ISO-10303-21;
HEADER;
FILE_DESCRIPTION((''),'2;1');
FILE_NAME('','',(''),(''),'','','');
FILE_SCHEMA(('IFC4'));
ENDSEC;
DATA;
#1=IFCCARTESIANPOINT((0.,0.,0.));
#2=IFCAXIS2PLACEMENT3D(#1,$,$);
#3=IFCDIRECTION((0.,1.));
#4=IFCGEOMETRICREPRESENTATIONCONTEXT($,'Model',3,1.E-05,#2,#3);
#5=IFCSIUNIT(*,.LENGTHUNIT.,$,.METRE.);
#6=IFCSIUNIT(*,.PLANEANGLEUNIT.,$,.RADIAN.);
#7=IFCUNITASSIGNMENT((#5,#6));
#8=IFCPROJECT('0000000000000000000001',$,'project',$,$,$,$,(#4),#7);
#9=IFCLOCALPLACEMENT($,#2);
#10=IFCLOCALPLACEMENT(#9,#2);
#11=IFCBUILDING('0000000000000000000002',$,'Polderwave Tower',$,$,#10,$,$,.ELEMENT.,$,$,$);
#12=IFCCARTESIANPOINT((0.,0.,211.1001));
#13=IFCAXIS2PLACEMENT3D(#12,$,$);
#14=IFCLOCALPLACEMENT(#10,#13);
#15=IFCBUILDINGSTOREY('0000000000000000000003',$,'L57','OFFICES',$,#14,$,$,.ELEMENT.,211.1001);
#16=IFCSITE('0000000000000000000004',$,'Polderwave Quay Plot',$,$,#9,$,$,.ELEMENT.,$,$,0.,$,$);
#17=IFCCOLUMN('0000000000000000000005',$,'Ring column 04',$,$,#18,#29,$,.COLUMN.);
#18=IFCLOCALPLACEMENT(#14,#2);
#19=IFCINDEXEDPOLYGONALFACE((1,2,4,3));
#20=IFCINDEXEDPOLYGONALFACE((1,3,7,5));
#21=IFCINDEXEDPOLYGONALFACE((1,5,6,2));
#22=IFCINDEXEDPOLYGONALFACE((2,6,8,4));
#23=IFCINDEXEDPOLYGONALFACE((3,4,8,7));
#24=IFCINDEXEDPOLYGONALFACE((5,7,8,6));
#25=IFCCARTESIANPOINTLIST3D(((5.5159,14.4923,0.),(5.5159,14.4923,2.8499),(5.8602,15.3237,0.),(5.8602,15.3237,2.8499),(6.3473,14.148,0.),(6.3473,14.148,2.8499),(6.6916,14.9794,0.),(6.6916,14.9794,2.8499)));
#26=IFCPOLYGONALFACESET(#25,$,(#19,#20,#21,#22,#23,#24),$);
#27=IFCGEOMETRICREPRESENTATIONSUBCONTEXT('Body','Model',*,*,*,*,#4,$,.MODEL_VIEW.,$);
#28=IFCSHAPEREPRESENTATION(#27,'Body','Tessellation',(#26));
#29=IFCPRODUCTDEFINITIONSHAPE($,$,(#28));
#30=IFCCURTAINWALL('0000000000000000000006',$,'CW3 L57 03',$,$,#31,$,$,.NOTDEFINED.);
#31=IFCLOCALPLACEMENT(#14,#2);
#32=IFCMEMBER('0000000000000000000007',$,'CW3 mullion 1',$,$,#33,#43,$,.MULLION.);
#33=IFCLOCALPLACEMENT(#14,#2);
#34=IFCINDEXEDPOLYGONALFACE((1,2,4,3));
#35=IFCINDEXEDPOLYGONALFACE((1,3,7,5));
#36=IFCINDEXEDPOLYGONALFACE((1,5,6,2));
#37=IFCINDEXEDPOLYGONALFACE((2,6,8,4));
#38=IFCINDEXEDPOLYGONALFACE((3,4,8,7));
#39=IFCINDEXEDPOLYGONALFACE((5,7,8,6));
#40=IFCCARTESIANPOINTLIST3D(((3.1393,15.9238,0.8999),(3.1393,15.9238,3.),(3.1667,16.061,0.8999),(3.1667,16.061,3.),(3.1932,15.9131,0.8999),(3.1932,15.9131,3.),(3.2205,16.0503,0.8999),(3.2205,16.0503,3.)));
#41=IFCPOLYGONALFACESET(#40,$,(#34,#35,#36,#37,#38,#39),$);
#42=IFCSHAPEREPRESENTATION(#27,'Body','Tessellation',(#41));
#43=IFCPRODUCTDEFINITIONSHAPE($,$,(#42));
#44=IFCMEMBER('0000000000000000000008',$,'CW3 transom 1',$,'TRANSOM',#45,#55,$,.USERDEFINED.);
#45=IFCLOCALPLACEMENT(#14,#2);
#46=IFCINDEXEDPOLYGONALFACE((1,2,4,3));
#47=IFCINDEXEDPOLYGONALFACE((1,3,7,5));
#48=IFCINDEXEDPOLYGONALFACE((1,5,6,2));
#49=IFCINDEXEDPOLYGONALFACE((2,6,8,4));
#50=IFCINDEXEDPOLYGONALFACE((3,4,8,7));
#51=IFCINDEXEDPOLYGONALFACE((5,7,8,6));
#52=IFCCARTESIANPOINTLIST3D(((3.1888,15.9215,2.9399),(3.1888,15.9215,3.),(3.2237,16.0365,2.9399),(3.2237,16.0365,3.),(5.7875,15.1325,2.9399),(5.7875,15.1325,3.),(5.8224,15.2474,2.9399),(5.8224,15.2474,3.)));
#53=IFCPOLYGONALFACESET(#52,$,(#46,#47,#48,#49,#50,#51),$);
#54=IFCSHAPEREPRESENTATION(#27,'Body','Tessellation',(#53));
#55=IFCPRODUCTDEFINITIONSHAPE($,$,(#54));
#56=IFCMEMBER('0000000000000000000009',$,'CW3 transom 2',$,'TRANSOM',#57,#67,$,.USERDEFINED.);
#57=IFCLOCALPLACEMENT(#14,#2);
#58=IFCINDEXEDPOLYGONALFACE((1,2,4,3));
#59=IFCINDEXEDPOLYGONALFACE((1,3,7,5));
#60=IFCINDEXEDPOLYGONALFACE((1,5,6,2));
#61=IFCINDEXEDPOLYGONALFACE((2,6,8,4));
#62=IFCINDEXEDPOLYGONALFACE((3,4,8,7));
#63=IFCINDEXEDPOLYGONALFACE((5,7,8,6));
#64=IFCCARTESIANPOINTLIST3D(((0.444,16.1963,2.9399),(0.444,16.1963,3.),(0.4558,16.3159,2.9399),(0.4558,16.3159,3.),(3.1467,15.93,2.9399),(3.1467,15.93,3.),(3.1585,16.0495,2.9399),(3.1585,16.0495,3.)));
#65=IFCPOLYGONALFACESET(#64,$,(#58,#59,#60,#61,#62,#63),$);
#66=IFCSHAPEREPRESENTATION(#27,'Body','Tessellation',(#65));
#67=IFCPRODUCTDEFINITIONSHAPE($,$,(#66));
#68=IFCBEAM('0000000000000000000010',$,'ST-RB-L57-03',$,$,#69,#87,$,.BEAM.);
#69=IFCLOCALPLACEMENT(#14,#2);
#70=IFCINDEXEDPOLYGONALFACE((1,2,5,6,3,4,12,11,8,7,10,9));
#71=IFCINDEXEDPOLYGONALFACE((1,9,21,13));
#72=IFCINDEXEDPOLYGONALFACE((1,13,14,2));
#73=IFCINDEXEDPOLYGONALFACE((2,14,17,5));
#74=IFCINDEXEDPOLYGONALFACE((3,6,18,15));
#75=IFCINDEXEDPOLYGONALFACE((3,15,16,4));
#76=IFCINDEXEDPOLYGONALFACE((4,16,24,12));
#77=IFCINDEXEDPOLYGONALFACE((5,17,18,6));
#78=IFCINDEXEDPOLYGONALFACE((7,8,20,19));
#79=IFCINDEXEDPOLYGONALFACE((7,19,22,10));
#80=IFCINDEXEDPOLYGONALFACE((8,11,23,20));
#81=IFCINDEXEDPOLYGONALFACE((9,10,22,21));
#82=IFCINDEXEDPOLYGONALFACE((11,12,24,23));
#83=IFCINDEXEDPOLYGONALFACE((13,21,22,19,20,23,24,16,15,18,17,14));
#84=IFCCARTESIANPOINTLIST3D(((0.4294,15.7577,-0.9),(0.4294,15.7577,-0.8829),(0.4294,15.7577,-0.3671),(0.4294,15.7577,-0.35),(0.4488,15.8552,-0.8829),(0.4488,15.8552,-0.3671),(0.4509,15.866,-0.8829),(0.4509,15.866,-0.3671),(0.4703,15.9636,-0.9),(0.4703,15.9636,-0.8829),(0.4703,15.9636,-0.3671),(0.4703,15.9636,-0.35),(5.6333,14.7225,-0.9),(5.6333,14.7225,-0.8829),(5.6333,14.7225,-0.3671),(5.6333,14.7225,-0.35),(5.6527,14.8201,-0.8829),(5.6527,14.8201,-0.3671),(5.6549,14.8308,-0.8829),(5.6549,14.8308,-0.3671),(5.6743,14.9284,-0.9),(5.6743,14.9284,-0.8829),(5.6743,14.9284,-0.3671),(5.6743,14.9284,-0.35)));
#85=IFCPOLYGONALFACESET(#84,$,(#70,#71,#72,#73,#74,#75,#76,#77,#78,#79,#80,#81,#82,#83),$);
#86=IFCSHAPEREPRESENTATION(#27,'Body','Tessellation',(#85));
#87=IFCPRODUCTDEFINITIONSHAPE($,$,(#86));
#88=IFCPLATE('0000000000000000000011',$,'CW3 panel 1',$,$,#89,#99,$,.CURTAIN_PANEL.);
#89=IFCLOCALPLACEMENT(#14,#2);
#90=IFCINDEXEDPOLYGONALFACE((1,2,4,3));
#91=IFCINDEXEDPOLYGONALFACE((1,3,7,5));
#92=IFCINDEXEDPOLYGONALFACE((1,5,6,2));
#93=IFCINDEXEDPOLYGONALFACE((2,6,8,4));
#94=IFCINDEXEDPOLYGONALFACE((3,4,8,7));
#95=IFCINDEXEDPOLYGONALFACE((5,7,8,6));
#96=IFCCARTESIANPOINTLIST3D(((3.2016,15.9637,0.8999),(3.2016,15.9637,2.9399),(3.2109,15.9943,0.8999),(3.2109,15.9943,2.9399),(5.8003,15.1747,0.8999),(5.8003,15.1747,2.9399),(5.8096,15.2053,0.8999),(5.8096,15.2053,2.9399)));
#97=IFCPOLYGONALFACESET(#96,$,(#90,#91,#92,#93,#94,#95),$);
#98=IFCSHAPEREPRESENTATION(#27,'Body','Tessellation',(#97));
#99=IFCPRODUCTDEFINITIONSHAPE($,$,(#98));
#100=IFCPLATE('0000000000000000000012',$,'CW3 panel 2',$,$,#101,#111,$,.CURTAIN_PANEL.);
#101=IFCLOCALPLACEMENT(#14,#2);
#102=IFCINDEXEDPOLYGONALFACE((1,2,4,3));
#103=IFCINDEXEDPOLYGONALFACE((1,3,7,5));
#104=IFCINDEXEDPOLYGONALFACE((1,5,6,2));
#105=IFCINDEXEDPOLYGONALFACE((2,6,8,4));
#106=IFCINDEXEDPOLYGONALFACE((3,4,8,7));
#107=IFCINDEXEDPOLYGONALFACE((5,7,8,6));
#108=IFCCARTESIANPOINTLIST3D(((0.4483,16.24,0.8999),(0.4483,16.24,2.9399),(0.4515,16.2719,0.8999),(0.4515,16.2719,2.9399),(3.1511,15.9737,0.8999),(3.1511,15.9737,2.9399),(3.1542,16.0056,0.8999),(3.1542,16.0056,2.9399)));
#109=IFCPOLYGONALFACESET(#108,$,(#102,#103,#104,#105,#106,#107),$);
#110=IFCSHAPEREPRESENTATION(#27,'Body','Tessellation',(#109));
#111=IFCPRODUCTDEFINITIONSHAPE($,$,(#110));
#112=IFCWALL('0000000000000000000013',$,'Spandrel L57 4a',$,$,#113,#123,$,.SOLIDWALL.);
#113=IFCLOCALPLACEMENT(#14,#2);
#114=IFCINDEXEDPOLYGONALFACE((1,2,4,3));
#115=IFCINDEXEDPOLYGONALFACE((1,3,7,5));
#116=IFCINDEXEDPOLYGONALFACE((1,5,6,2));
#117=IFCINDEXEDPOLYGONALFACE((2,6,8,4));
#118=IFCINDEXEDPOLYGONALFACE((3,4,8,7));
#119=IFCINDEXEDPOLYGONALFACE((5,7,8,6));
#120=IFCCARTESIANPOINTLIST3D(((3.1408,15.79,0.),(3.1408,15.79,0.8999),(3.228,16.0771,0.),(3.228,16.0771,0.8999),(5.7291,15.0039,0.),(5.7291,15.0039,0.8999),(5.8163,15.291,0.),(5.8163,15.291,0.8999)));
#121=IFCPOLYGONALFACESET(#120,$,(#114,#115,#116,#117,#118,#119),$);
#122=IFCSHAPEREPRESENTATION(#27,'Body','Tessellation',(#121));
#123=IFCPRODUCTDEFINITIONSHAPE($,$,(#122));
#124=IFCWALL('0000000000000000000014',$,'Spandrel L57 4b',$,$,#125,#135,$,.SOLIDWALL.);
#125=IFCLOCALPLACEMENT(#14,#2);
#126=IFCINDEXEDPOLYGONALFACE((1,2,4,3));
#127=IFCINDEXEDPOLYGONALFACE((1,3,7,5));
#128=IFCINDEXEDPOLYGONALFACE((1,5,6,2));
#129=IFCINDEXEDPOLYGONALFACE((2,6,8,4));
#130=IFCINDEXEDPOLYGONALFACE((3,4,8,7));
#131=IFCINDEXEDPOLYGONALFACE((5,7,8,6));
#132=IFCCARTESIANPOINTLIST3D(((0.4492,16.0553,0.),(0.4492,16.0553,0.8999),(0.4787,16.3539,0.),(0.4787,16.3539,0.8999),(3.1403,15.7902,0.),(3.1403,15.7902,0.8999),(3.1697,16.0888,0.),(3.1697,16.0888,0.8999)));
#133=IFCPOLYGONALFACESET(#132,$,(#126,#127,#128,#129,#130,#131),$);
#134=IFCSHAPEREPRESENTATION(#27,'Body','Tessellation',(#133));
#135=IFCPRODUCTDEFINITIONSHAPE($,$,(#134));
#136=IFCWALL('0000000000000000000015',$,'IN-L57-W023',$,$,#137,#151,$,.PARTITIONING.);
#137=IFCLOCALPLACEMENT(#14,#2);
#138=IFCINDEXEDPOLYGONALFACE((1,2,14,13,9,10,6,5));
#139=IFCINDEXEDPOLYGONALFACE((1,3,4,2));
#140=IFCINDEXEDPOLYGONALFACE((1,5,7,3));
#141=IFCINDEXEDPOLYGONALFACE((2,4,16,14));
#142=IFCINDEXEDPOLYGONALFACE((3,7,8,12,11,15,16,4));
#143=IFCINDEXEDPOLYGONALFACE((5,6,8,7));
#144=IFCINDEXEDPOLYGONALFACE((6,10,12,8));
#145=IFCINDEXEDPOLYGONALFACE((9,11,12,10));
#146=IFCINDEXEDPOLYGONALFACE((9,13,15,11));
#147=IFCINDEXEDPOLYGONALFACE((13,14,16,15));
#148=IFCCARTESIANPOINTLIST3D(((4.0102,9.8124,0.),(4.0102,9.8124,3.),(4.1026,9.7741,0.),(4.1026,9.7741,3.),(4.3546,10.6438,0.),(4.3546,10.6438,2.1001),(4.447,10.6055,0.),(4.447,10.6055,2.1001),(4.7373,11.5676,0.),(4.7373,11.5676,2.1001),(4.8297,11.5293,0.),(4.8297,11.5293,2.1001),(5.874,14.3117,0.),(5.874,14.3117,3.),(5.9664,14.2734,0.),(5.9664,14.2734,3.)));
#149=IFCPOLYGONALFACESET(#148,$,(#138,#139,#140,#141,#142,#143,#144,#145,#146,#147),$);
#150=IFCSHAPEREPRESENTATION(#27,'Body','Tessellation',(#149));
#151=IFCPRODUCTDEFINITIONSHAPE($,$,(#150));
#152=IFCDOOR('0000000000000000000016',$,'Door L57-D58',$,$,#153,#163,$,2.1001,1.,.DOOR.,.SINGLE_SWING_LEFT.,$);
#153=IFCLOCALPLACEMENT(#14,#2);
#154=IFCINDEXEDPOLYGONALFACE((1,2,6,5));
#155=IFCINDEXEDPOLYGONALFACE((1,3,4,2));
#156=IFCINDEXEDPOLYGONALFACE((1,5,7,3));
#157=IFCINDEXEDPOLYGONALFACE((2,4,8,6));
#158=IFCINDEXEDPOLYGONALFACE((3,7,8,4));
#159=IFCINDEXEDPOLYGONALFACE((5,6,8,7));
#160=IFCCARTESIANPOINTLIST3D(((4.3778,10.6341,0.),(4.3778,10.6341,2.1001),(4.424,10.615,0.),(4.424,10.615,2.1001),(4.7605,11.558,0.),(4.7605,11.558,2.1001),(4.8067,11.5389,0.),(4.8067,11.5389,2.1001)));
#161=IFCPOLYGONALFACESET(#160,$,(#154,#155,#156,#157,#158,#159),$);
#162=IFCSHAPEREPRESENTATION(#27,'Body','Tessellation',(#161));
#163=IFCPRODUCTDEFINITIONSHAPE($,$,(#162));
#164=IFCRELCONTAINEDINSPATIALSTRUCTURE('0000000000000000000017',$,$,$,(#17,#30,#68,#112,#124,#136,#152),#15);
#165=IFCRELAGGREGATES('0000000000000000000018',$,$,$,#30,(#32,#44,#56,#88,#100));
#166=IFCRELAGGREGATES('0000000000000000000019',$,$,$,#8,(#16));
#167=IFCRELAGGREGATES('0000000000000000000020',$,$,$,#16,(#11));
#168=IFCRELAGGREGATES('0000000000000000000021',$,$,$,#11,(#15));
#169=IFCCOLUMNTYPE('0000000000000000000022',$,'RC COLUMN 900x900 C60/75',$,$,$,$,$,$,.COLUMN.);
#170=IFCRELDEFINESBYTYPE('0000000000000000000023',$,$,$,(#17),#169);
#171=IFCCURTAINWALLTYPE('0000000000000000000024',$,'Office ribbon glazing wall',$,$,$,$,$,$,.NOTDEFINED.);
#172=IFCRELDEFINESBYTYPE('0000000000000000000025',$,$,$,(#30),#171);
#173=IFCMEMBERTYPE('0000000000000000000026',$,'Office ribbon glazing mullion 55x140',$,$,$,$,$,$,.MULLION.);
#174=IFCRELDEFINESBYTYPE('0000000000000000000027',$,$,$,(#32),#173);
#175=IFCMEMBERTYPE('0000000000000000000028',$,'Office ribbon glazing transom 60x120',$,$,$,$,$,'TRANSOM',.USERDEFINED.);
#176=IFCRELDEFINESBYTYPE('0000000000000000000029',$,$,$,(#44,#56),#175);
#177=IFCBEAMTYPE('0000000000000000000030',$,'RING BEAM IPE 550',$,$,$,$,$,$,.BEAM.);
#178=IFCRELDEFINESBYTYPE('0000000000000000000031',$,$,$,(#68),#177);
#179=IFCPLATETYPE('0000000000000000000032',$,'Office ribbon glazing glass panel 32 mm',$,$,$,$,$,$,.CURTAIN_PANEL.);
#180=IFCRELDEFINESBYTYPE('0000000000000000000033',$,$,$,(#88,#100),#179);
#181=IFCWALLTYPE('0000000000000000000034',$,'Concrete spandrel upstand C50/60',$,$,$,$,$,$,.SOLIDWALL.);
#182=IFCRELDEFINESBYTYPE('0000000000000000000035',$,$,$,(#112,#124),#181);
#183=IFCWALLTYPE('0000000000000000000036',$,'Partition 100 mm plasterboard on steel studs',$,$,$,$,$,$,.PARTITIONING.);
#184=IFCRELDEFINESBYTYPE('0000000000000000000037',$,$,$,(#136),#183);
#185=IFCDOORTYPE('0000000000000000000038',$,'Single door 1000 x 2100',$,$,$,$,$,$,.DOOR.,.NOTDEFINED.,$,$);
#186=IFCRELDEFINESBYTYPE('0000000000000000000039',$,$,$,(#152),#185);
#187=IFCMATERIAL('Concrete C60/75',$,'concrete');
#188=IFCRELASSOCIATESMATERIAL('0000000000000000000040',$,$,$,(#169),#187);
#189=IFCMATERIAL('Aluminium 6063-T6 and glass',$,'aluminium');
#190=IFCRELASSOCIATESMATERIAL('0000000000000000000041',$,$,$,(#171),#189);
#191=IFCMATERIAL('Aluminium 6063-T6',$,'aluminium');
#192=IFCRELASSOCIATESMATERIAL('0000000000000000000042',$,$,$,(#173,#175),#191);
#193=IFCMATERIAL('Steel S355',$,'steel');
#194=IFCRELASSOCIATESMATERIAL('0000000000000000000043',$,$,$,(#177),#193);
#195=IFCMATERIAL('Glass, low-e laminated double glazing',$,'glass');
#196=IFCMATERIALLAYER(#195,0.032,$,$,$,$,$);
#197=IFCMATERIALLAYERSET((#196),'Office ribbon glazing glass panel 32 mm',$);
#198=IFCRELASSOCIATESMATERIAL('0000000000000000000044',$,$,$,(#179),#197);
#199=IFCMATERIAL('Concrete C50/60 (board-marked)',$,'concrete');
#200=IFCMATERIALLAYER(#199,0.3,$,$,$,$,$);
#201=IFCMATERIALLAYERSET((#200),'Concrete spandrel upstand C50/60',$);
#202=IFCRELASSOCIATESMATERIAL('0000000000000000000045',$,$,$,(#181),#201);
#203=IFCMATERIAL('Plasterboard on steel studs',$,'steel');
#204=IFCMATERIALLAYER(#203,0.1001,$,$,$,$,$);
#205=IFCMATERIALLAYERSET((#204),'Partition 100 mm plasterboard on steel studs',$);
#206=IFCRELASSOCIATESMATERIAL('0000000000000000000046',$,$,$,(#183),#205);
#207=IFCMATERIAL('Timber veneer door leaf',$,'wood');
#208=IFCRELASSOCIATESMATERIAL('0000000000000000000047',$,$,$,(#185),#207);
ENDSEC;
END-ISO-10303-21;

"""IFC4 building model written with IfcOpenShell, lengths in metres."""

from ifc_helpers import new_model, si_unit, direction, frame, frame_2d, origin, origin_2d, place, context, subcontext, project, spatial, rectangle, i_section, extrude, material, layer, layer_set, material_profile, profile_set, type_object, element, fill, aggregate, save


model = new_model("IFC4")

# Units and contexts
model_context = context("Model", 3, precision=1e-05, world=origin(), true_north=direction((0.0, 1.0)))
body_context = subcontext(model_context, "Body", "Model", "MODEL_VIEW")
ifc_project = project(units=[si_unit("LENGTHUNIT", "METRE"), si_unit("PLANEANGLEUNIT", "RADIAN")], contexts=[model_context])

# Site, building, storey
site_placement = place(None, origin())
site = spatial("IfcSite", under=ifc_project, at=site_placement, Name="Polderwave Quay Plot", CompositionType="ELEMENT", RefElevation=0.0)
building_placement = place(site_placement, origin())
building = spatial("IfcBuilding", under=site, at=building_placement, Name="Polderwave Tower", CompositionType="ELEMENT")
storey_placement = place(building_placement, frame((0.0, 0.0, 211.1001)))
storey = spatial("IfcBuildingStorey", under=building, at=storey_placement, Name="L57", Description="OFFICES", CompositionType="ELEMENT", Elevation=211.1001)

# Column
ifc_material_1 = material(Name="Concrete C60/75", Category="concrete")
ifc_material_profile_1 = material_profile(ifc_material_1, rectangle(XDim=0.8999, YDim=0.8999, at=origin_2d()), Name="RC 900x900")
ifc_profile_set_1 = profile_set([ifc_material_profile_1], Name="Concrete C60/75")
column_type = type_object("IfcColumnType", Name="RC COLUMN 900x900 C60/75", PredefinedType="COLUMN", material=ifc_profile_set_1)
column_placement = place(storey_placement, frame((6.1038, 14.7358, 0.0), z_axis=(0.0, 0.0, 1.0), x_axis=(0.382683, 0.92388, 0.0)))
element("IfcColumn", 1, at=column_placement, inside=storey, type_object=column_type, Name="Ring column 04", PredefinedType="COLUMN", context=body_context, shape_type="SweptSolid", body=[
    extrude(rectangle(XDim=0.8999, YDim=0.8999, at=origin_2d()), origin(), (0.0, 0.0, 1.0), 2.8499),
])

# Curtain wall, members
ifc_material_2 = material(Name="Aluminium 6063-T6 and glass", Category="aluminium")
curtain_wall_type = type_object("IfcCurtainWallType", Name="Office ribbon glazing wall", PredefinedType="NOTDEFINED", material=ifc_material_2)
curtain_wall_placement = place(storey_placement, origin())
curtain_wall = element("IfcCurtainWall", 2, at=curtain_wall_placement, inside=storey, type_object=curtain_wall_type, Name="CW3 L57 03", PredefinedType="NOTDEFINED")
ifc_material_3 = material(Name="Aluminium 6063-T6", Category="aluminium")
ifc_material_profile_2 = material_profile(ifc_material_3, rectangle(XDim=0.1399, YDim=0.0549, at=origin_2d()), Name="AL 55x140")
ifc_profile_set_2 = profile_set([ifc_material_profile_2], Name="Aluminium 6063-T6")
member_type_1 = type_object("IfcMemberType", Name="Office ribbon glazing mullion 55x140", PredefinedType="MULLION", material=ifc_profile_set_2)
member_1_placement = place(storey_placement, frame((3.1799, 15.9871, 0.8999), z_axis=(0.0, 0.0, 1.0), x_axis=(-0.195234, -0.980757, 0.0)))
member_1 = element("IfcMember", 3, at=member_1_placement, type_object=member_type_1, Name="CW3 mullion 1", PredefinedType="MULLION", context=body_context, shape_type="SweptSolid", body=[
    extrude(rectangle(XDim=0.1399, YDim=0.0549, at=origin_2d()), origin(), (0.0, 0.0, 1.0), 2.1001),
])
ifc_material_profile_3 = material_profile(ifc_material_3, rectangle(XDim=0.1201, YDim=0.0601, at=origin_2d()), Name="AL 60x120")
ifc_profile_set_3 = profile_set([ifc_material_profile_3], Name="Aluminium 6063-T6")
member_type_2 = type_object("IfcMemberType", Name="Office ribbon glazing transom 60x120", ElementType="TRANSOM", PredefinedType="USERDEFINED", material=ifc_profile_set_3)
member_2_placement = place(storey_placement, frame((5.8049, 15.1899, 2.97), z_axis=(-0.956861, 0.290546, 0.0), x_axis=(-0.290546, -0.956861, 0.0)))
member_2 = element("IfcMember", 4, at=member_2_placement, type_object=member_type_2, Name="CW3 transom 1", ObjectType="TRANSOM", PredefinedType="USERDEFINED", context=body_context, shape_type="SweptSolid", body=[
    extrude(rectangle(XDim=0.1201, YDim=0.0601, at=origin_2d()), origin(), (0.0, 0.0, 1.0), 2.7158),
])
member_3_placement = place(storey_placement, frame((3.1526, 15.9897, 2.97), z_axis=(-0.995179, 0.098079, 0.0), x_axis=(-0.098079, -0.995179, 0.0)))
member_3 = element("IfcMember", 5, at=member_3_placement, type_object=member_type_2, Name="CW3 transom 2", ObjectType="TRANSOM", PredefinedType="USERDEFINED", context=body_context, shape_type="SweptSolid", body=[
    extrude(rectangle(XDim=0.1201, YDim=0.0601, at=origin_2d()), origin(), (0.0, 0.0, 1.0), 2.7158),
])

# Beam
ifc_material_4 = material(Name="Steel S355", Category="steel")
ifc_material_profile_4 = material_profile(ifc_material_4, i_section(OverallWidth=0.21, OverallDepth=0.55, WebThickness=0.011, FlangeThickness=0.0171, at=origin_2d()), Name="IPE 550")
ifc_profile_set_4 = profile_set([ifc_material_profile_4], Name="Steel S355")
beam_type = type_object("IfcBeamType", Name="RING BEAM IPE 550", PredefinedType="BEAM", material=ifc_profile_set_4)
beam_placement = place(storey_placement, frame((5.6538, 14.8254, -0.625), z_axis=(-0.980784, 0.195098, 0.0), x_axis=(-0.195098, -0.980784, 0.0)))
element("IfcBeam", 6, at=beam_placement, inside=storey, type_object=beam_type, Name="ST-RB-L57-03", PredefinedType="BEAM", context=body_context, shape_type="SweptSolid", body=[
    extrude(i_section(OverallWidth=0.21, OverallDepth=0.55, WebThickness=0.011, FlangeThickness=0.0171, at=origin_2d()), origin(), (0.0, 0.0, 1.0), 5.3059),
])

# Plates
ifc_material_5 = material(Name="Glass, low-e laminated double glazing", Category="glass")
ifc_layer_1 = layer(ifc_material_5, 0.032)
ifc_layer_set_1 = layer_set([ifc_layer_1], Name="Office ribbon glazing glass panel 32 mm")
plate_type = type_object("IfcPlateType", Name="Office ribbon glazing glass panel 32 mm", PredefinedType="CURTAIN_PANEL", material=ifc_layer_set_1)
plate_1_placement = place(storey_placement, frame((4.5056, 15.5845, 0.8999), z_axis=(0.0, 0.0, 1.0), x_axis=(-0.956868, 0.290524, 0.0)))
plate_1 = element("IfcPlate", 7, at=plate_1_placement, type_object=plate_type, Name="CW3 panel 1", PredefinedType="CURTAIN_PANEL", context=body_context, shape_type="SweptSolid", body=[
    extrude(rectangle(XDim=2.7158, YDim=0.032, at=origin_2d()), origin(), (0.0, 0.0, 1.0), 2.04),
])
plate_2_placement = place(storey_placement, frame((1.8013, 16.1228, 0.8999), z_axis=(0.0, 0.0, 1.0), x_axis=(-0.99518, 0.098061, 0.0)))
plate_2 = element("IfcPlate", 8, at=plate_2_placement, type_object=plate_type, Name="CW3 panel 2", PredefinedType="CURTAIN_PANEL", context=body_context, shape_type="SweptSolid", body=[
    extrude(rectangle(XDim=2.7158, YDim=0.032, at=origin_2d()), origin(), (0.0, 0.0, 1.0), 2.04),
])
aggregate(curtain_wall, [member_1, member_2, member_3, plate_1, plate_2])

# Walls
ifc_material_6 = material(Name="Concrete C50/60 (board-marked)", Category="concrete")
ifc_layer_2 = layer(ifc_material_6, 0.3)
ifc_layer_set_2 = layer_set([ifc_layer_2], Name="Concrete spandrel upstand C50/60")
wall_type_1 = type_object("IfcWallType", Name="Concrete spandrel upstand C50/60", PredefinedType="SOLIDWALL", material=ifc_layer_set_2)
wall_1_placement = place(storey_placement, frame((5.7727, 15.1475, 0.0), z_axis=(0.0, 0.0, 1.0), x_axis=(-0.956842, 0.290609, 0.0)))
element("IfcWall", 9, at=wall_1_placement, inside=storey, type_object=wall_type_1, Name="Spandrel L57 4a", PredefinedType="SOLIDWALL", context=body_context, shape_type="SweptSolid", body=[
    extrude(rectangle(XDim=2.7051, YDim=0.3, at=frame_2d((1.3525, 0.0))), origin(), (0.0, 0.0, 1.0), 0.8999),
])
wall_2_placement = place(storey_placement, frame((3.155, 15.9395, 0.0), z_axis=(0.0, 0.0, 1.0), x_axis=(-0.995182, 0.098047, 0.0)))
element("IfcWall", 10, at=wall_2_placement, inside=storey, type_object=wall_type_1, Name="Spandrel L57 4b", PredefinedType="SOLIDWALL", context=body_context, shape_type="SweptSolid", body=[
    extrude(rectangle(XDim=2.7041, YDim=0.3, at=frame_2d((1.3521, 0.0))), origin(), (0.0, 0.0, 1.0), 0.8999),
])

# Wall, opening, door
ifc_material_7 = material(Name="Plasterboard on steel studs", Category="steel")
ifc_layer_3 = layer(ifc_material_7, 0.1001)
ifc_layer_set_3 = layer_set([ifc_layer_3], Name="Partition 100 mm plasterboard on steel studs")
wall_type_2 = type_object("IfcWallType", Name="Partition 100 mm plasterboard on steel studs", PredefinedType="PARTITIONING", material=ifc_layer_set_3)
wall_3_placement = place(storey_placement, frame((4.0564, 9.7932, 0.0), z_axis=(0.0, 0.0, 1.0), x_axis=(0.382703, 0.923871, 0.0)))
wall_3 = element("IfcWall", 11, at=wall_3_placement, inside=storey, type_object=wall_type_2, Name="IN-L57-W023", PredefinedType="PARTITIONING", context=body_context, shape_type="SweptSolid", body=[
    extrude(rectangle(XDim=4.8701, YDim=0.1001, at=frame_2d((2.4351, 0.0))), origin(), (0.0, 0.0, 1.0), 3.0),
])
opening_1_placement = place(wall_3_placement, frame((0.8999, 0.0, 0.0)))
opening_1 = element("IfcOpeningElement", 12, at=opening_1_placement, cuts=wall_3, PredefinedType="OPENING", context=body_context, shape_type="SweptSolid", body=[
    extrude(rectangle(XDim=1.0, YDim=2.1001, at=frame_2d((0.5, 1.05))), frame((0.0, 0.0601, 0.0), z_axis=(0.0, -1.0, 0.0), x_axis=(1.0, 0.0, 0.0)), (0.0, 0.0, 1.0), 0.1201),
])
ifc_material_8 = material(Name="Timber veneer door leaf", Category="wood")
door_type = type_object("IfcDoorType", Name="Single door 1000 x 2100", OperationType="NOTDEFINED", PredefinedType="DOOR", material=ifc_material_8)
door_1_placement = place(opening_1_placement, origin())
door_1 = element("IfcDoor", 13, at=door_1_placement, inside=storey, type_object=door_type, Name="Door L57-D58", OperationType="SINGLE_SWING_LEFT", OverallHeight=2.1001, OverallWidth=1.0, PredefinedType="DOOR", context=body_context, shape_type="SweptSolid", body=[
    extrude(rectangle(XDim=1.0, YDim=2.1001, at=frame_2d((0.5, 1.05))), frame((0.0, 0.0249, 0.0), z_axis=(0.0, -1.0, 0.0), x_axis=(1.0, 0.0, 0.0)), (0.0, 0.0, 1.0), 0.05),
])
fill(opening_1, door_1)

save(model, "model.ifc")
